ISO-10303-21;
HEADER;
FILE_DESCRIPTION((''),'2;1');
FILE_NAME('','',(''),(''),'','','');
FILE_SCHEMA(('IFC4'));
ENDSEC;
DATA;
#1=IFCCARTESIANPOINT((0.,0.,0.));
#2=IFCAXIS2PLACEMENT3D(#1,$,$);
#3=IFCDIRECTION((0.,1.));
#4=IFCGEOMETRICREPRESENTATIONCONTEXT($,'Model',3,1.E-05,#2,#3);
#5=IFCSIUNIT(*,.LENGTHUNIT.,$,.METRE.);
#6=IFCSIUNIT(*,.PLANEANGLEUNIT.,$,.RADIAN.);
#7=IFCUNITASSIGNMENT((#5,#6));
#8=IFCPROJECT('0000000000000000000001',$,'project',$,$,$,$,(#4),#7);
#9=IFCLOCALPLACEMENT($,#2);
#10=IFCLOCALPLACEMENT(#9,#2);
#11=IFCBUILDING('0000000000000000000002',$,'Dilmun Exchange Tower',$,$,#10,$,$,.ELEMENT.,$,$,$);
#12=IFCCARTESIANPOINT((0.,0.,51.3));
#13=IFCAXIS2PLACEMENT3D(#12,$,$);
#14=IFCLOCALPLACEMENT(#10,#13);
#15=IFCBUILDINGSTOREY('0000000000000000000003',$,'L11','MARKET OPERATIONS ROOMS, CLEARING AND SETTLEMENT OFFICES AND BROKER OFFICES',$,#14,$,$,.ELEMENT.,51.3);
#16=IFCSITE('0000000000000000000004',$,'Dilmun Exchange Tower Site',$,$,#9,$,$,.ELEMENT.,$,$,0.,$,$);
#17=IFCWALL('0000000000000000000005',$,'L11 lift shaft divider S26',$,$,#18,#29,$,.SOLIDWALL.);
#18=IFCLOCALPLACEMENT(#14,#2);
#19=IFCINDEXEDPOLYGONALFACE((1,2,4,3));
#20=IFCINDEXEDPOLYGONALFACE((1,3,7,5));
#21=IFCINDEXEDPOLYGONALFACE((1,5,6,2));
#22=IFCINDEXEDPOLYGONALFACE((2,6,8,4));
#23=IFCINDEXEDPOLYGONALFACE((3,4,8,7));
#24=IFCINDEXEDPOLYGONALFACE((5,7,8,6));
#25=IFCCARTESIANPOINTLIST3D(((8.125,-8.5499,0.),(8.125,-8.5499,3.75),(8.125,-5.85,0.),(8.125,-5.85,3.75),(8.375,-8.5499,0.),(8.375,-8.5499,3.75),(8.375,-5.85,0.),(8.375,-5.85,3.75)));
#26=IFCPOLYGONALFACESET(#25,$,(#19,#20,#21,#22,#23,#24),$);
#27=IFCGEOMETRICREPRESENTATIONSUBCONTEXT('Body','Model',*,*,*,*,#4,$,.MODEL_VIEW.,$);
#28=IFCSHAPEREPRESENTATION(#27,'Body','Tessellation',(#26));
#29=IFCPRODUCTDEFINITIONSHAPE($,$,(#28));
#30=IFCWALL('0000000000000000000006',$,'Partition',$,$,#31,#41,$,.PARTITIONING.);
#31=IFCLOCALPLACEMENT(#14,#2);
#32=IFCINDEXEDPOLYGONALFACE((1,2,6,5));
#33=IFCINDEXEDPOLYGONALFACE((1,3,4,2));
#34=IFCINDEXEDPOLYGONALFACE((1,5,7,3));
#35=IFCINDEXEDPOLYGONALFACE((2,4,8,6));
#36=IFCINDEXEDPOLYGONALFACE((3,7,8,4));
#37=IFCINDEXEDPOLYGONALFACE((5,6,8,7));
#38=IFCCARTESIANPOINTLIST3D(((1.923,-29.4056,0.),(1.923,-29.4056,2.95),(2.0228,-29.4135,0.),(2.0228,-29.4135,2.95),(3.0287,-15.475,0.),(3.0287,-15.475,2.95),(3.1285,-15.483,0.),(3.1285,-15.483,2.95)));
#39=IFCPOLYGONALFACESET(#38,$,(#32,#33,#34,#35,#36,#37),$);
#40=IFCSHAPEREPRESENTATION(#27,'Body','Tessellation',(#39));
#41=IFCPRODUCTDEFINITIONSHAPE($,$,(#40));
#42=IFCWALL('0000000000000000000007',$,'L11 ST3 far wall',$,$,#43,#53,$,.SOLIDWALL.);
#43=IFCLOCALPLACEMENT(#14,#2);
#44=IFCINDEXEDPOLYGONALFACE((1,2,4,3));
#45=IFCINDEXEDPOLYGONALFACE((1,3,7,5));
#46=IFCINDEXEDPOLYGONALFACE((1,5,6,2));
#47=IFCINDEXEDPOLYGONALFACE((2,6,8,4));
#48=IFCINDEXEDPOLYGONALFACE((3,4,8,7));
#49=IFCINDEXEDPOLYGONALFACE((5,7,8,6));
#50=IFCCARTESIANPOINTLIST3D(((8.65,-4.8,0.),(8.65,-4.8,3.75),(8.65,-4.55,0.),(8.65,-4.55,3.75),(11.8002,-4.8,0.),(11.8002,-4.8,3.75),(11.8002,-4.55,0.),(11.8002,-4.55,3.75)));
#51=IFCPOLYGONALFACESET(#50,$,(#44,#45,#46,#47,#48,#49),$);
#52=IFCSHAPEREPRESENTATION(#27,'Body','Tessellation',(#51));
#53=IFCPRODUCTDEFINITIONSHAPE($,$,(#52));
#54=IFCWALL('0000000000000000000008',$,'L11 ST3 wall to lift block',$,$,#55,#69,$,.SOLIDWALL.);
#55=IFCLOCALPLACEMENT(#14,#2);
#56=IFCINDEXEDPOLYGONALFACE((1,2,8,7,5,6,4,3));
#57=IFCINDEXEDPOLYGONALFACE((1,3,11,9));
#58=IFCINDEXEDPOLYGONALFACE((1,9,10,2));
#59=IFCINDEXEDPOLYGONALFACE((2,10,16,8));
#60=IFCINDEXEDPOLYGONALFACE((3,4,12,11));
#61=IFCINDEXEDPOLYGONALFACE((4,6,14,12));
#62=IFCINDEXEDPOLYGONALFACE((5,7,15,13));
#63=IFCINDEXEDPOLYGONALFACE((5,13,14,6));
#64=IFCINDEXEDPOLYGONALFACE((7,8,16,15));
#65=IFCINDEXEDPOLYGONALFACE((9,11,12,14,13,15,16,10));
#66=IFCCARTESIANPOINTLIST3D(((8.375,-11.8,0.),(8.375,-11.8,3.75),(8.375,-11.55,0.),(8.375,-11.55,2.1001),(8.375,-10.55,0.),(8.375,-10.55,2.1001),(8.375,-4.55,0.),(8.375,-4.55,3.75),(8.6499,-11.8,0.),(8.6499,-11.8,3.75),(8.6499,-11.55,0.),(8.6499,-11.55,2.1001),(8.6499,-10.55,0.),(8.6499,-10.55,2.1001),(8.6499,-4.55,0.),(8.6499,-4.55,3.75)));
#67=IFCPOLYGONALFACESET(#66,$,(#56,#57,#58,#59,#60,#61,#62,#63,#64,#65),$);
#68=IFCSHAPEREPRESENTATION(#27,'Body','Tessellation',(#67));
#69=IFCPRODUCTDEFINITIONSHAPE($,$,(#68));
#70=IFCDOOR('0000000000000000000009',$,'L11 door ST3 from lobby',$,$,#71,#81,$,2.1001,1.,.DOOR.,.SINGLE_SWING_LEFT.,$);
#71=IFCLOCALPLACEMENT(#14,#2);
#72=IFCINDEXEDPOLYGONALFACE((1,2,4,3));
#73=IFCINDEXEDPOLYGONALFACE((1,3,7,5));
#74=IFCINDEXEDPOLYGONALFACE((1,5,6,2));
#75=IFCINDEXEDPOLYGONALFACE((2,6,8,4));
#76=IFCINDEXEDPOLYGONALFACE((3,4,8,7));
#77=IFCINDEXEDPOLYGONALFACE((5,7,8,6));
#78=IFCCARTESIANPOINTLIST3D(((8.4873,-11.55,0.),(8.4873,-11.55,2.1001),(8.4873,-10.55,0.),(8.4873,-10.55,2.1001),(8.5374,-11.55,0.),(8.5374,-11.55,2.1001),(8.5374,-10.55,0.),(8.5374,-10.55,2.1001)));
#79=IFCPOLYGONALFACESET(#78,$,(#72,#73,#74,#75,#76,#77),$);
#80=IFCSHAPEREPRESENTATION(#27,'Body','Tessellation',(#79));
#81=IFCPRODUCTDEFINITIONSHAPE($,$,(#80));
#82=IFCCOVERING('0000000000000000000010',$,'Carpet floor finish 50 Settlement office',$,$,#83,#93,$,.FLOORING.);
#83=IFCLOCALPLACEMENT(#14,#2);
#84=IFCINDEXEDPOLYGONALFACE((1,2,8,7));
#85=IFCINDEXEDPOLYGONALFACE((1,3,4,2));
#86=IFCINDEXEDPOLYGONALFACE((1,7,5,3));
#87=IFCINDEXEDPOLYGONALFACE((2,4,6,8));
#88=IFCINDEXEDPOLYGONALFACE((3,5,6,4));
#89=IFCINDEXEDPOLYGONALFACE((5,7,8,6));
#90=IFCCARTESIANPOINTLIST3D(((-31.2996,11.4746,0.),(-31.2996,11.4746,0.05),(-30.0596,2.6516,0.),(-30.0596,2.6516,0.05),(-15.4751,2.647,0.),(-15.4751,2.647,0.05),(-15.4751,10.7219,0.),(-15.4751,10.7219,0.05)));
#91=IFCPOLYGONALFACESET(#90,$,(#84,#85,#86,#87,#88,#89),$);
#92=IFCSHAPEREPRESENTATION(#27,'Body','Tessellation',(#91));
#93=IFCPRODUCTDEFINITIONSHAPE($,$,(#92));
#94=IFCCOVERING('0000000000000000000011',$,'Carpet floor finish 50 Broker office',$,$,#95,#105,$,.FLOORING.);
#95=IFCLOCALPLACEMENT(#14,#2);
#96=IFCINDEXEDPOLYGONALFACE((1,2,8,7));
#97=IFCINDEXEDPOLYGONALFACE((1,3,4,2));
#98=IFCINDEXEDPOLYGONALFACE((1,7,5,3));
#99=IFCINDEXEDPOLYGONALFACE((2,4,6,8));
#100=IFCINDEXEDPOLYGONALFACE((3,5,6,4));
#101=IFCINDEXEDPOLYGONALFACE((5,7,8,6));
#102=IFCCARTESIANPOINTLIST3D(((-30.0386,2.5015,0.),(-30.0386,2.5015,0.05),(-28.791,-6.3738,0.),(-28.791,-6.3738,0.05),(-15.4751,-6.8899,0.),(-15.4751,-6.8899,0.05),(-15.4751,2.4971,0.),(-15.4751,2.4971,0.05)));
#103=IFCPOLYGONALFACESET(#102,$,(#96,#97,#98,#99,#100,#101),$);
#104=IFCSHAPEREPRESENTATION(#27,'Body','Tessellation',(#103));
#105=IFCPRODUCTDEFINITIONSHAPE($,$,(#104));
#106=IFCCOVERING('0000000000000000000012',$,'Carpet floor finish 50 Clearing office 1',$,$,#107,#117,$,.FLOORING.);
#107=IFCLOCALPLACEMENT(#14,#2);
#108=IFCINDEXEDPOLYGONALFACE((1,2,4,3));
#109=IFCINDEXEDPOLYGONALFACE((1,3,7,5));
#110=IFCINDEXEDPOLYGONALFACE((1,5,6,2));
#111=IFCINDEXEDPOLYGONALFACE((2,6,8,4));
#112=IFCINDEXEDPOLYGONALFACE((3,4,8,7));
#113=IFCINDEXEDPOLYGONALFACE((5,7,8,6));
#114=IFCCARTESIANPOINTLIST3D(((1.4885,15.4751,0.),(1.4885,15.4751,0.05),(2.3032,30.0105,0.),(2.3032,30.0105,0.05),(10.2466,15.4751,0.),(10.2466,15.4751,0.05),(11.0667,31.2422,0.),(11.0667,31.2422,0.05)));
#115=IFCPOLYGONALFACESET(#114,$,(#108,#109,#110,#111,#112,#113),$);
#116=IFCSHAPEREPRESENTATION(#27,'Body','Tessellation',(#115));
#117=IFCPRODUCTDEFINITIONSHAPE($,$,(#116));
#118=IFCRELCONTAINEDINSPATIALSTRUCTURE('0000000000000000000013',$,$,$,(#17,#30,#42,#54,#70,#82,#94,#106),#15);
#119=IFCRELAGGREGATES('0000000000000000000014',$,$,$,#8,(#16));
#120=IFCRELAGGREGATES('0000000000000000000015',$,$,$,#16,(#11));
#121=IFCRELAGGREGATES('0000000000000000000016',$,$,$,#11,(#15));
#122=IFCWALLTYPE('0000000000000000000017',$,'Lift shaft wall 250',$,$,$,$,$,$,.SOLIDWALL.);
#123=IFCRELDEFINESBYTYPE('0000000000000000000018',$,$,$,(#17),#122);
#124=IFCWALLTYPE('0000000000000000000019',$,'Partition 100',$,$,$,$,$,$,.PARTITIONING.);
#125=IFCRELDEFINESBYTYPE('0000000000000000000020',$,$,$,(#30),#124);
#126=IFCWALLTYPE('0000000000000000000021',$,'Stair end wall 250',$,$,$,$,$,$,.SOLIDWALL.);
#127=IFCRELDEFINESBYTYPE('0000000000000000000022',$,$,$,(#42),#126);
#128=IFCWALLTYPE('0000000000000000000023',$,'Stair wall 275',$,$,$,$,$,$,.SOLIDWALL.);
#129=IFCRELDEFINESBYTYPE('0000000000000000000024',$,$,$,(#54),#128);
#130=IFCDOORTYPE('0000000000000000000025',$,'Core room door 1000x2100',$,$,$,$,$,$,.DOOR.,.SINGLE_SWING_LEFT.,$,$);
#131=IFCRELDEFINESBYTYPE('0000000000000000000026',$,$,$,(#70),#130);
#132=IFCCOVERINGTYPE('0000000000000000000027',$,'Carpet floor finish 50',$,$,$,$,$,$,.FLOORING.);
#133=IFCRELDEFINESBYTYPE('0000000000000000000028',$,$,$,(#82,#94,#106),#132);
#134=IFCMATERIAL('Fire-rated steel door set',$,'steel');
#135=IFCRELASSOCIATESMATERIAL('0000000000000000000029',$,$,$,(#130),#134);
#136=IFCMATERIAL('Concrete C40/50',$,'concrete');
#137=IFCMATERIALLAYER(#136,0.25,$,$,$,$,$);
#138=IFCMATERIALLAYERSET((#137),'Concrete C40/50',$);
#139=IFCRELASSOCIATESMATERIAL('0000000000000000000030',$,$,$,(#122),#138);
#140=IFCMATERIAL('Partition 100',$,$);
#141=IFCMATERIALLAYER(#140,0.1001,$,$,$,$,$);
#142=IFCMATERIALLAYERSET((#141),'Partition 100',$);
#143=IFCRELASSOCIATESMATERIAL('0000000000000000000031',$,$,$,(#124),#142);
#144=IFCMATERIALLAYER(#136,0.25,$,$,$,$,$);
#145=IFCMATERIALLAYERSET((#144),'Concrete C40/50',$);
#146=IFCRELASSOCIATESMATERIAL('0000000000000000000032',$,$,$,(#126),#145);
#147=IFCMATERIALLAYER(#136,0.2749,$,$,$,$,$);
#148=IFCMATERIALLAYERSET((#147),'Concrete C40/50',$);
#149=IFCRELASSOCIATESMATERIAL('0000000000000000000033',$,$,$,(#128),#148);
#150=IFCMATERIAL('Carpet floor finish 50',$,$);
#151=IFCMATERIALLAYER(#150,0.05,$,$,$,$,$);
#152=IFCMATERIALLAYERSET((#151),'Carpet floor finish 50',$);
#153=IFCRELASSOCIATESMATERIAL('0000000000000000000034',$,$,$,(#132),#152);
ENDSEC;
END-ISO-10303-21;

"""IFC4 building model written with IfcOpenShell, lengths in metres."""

from ifc_helpers import new_model, si_unit, direction, frame, frame_2d, origin, place, context, subcontext, project, spatial, polyline, rectangle, outline, extrude, material, layer, layer_set, type_object, element, fill, save


model = new_model("IFC4")

# Units and contexts
model_context = context("Model", 3, precision=1e-05, world=origin(), true_north=direction((0.0, 1.0)))
body_context = subcontext(model_context, "Body", "Model", "MODEL_VIEW")
ifc_project = project(units=[si_unit("LENGTHUNIT", "METRE"), si_unit("PLANEANGLEUNIT", "RADIAN")], contexts=[model_context])

# Site, building, storey
site_placement = place(None, origin())
site = spatial("IfcSite", under=ifc_project, at=site_placement, Name="Dilmun Exchange Tower Site", CompositionType="ELEMENT", RefElevation=0.0)
building_placement = place(site_placement, origin())
building = spatial("IfcBuilding", under=site, at=building_placement, Name="Dilmun Exchange Tower", CompositionType="ELEMENT")
storey_placement = place(building_placement, frame((0.0, 0.0, 51.3)))
storey = spatial("IfcBuildingStorey", under=building, at=storey_placement, Name="L11", Description="MARKET OPERATIONS ROOMS, CLEARING AND SETTLEMENT OFFICES AND BROKER OFFICES", CompositionType="ELEMENT", Elevation=51.3)

# Shared definitions
ifc_material_1 = material(Name="Concrete C40/50", Category="concrete")

# Shared definitions
ifc_material_2 = material(Name="Fire-rated steel door set", Category="steel")
door_type_1 = type_object("IfcDoorType", Name="Core room door 1000x2100", OperationType="SINGLE_SWING_LEFT", PredefinedType="DOOR", material=ifc_material_2)

# Walls
ifc_layer_1 = layer(ifc_material_1, 0.25)
ifc_layer_set_1 = layer_set([ifc_layer_1], Name="Concrete C40/50")
wall_type_1 = type_object("IfcWallType", Name="Lift shaft wall 250", PredefinedType="SOLIDWALL", material=ifc_layer_set_1)
for number, where, z_axis, x_axis, name in (
    (1, (8.25, -8.55, 0.0), (0.0, 0.0, 1.0), (0.0, 1.0, 0.0), "L11 lift shaft divider S26"),
):
    element("IfcWall", number, at=place(storey_placement, frame(where, z_axis=z_axis, x_axis=x_axis)), inside=storey, type_object=wall_type_1, Name=name, PredefinedType="SOLIDWALL", context=body_context, shape_type="SweptSolid", body=[
        extrude(rectangle(XDim=2.7, YDim=0.25, at=frame_2d((1.3501, 0.0))), origin(), (0.0, 0.0, 1.0), 3.75),
    ])
ifc_material_3 = material(Name="Partition 100")
ifc_layer_2 = layer(ifc_material_3, 0.1001)
ifc_layer_set_2 = layer_set([ifc_layer_2], Name="Partition 100")
wall_type_2 = type_object("IfcWallType", Name="Partition 100", PredefinedType="PARTITIONING", material=ifc_layer_set_2)
wall_1_placement = place(storey_placement, frame((1.9729, -29.4097, 0.0), z_axis=(0.0, 0.0, 1.0), x_axis=(0.079124, 0.996865, 0.0)))
element("IfcWall", 2, at=wall_1_placement, inside=storey, type_object=wall_type_2, Name="Partition", PredefinedType="PARTITIONING", context=body_context, shape_type="SweptSolid", body=[
    extrude(rectangle(XDim=13.9744, YDim=0.1001, at=frame_2d((6.9873, 0.0))), origin(), (0.0, 0.0, 1.0), 2.95),
])
ifc_layer_3 = layer(ifc_material_1, 0.25)
ifc_layer_set_3 = layer_set([ifc_layer_3], Name="Concrete C40/50")
wall_type_3 = type_object("IfcWallType", Name="Stair end wall 250", PredefinedType="SOLIDWALL", material=ifc_layer_set_3)
wall_2_placement = place(storey_placement, frame((8.6499, -4.675, 0.0), z_axis=(0.0, 0.0, 1.0), x_axis=(1.0, 0.0, 0.0)))
element("IfcWall", 3, at=wall_2_placement, inside=storey, type_object=wall_type_3, Name="L11 ST3 far wall", PredefinedType="SOLIDWALL", context=body_context, shape_type="SweptSolid", body=[
    extrude(rectangle(XDim=3.1501, YDim=0.25, at=frame_2d((1.5752, 0.0))), origin(), (0.0, 0.0, 1.0), 3.75),
])

# Wall, opening, door
ifc_layer_4 = layer(ifc_material_1, 0.2749)
ifc_layer_set_4 = layer_set([ifc_layer_4], Name="Concrete C40/50")
wall_type_4 = type_object("IfcWallType", Name="Stair wall 275", PredefinedType="SOLIDWALL", material=ifc_layer_set_4)
wall_3_placement = place(storey_placement, frame((8.5125, -4.55, 0.0), z_axis=(0.0, 0.0, 1.0), x_axis=(0.0, -1.0, 0.0)))
wall_3 = element("IfcWall", 4, at=wall_3_placement, inside=storey, type_object=wall_type_4, Name="L11 ST3 wall to lift block", PredefinedType="SOLIDWALL", context=body_context, shape_type="SweptSolid", body=[
    extrude(rectangle(XDim=7.25, YDim=0.2749, at=frame_2d((3.625, 0.0))), origin(), (0.0, 0.0, 1.0), 3.75),
])
opening_1_placement = place(wall_3_placement, frame((6.0, 0.0, 0.0)))
opening_1 = element("IfcOpeningElement", 5, at=opening_1_placement, cuts=wall_3, PredefinedType="OPENING", context=body_context, shape_type="SweptSolid", body=[
    extrude(rectangle(XDim=1.0, YDim=2.1001, at=frame_2d((0.5, 1.05))), frame((0.0, 0.1475, 0.0), z_axis=(0.0, -1.0, 0.0), x_axis=(1.0, 0.0, 0.0)), (0.0, 0.0, 1.0), 0.2949),
])
door_1_placement = place(opening_1_placement, origin())
door_1 = element("IfcDoor", 6, at=door_1_placement, inside=storey, type_object=door_type_1, Name="L11 door ST3 from lobby", OperationType="SINGLE_SWING_LEFT", OverallHeight=2.1001, OverallWidth=1.0, PredefinedType="DOOR", context=body_context, shape_type="SweptSolid", body=[
    extrude(rectangle(XDim=1.0, YDim=2.1001, at=frame_2d((0.5, 1.05))), frame((0.0, 0.0249, 0.0), z_axis=(0.0, -1.0, 0.0), x_axis=(1.0, 0.0, 0.0)), (0.0, 0.0, 1.0), 0.05),
])
fill(opening_1, door_1)

# Coverings
ifc_material_4 = material(Name="Carpet floor finish 50")
ifc_layer_5 = layer(ifc_material_4, 0.05)
ifc_layer_set_5 = layer_set([ifc_layer_5], Name="Carpet floor finish 50")
covering_type_1 = type_object("IfcCoveringType", Name="Carpet floor finish 50", PredefinedType="FLOORING", material=ifc_layer_set_5)
covering_1_placement = place(storey_placement, origin())
element("IfcCovering", 7, at=covering_1_placement, inside=storey, type_object=covering_type_1, Name="Carpet floor finish 50 Settlement office", PredefinedType="FLOORING", context=body_context, shape_type="SweptSolid", body=[
    extrude(outline(polyline([(-15.4751, 10.7219), (-15.4751, 2.647), (-30.0596, 2.6516), (-31.2996, 11.4746), (-15.4751, 10.7219)])), origin(), (0.0, 0.0, 1.0), 0.05),
])
covering_2_placement = place(storey_placement, origin())
element("IfcCovering", 8, at=covering_2_placement, inside=storey, type_object=covering_type_1, Name="Carpet floor finish 50 Broker office", PredefinedType="FLOORING", context=body_context, shape_type="SweptSolid", body=[
    extrude(outline(polyline([(-15.4751, 2.4971), (-15.4751, -6.8899), (-28.791, -6.3738), (-30.0386, 2.5015), (-15.4751, 2.4971)])), origin(), (0.0, 0.0, 1.0), 0.05),
])
covering_3_placement = place(storey_placement, origin())
element("IfcCovering", 9, at=covering_3_placement, inside=storey, type_object=covering_type_1, Name="Carpet floor finish 50 Clearing office 1", PredefinedType="FLOORING", context=body_context, shape_type="SweptSolid", body=[
    extrude(outline(polyline([(1.4885, 15.4751), (2.3032, 30.0105), (11.0667, 31.2422), (10.2466, 15.4751), (1.4885, 15.4751)])), origin(), (0.0, 0.0, 1.0), 0.05),
])

save(model, "model.ifc")
